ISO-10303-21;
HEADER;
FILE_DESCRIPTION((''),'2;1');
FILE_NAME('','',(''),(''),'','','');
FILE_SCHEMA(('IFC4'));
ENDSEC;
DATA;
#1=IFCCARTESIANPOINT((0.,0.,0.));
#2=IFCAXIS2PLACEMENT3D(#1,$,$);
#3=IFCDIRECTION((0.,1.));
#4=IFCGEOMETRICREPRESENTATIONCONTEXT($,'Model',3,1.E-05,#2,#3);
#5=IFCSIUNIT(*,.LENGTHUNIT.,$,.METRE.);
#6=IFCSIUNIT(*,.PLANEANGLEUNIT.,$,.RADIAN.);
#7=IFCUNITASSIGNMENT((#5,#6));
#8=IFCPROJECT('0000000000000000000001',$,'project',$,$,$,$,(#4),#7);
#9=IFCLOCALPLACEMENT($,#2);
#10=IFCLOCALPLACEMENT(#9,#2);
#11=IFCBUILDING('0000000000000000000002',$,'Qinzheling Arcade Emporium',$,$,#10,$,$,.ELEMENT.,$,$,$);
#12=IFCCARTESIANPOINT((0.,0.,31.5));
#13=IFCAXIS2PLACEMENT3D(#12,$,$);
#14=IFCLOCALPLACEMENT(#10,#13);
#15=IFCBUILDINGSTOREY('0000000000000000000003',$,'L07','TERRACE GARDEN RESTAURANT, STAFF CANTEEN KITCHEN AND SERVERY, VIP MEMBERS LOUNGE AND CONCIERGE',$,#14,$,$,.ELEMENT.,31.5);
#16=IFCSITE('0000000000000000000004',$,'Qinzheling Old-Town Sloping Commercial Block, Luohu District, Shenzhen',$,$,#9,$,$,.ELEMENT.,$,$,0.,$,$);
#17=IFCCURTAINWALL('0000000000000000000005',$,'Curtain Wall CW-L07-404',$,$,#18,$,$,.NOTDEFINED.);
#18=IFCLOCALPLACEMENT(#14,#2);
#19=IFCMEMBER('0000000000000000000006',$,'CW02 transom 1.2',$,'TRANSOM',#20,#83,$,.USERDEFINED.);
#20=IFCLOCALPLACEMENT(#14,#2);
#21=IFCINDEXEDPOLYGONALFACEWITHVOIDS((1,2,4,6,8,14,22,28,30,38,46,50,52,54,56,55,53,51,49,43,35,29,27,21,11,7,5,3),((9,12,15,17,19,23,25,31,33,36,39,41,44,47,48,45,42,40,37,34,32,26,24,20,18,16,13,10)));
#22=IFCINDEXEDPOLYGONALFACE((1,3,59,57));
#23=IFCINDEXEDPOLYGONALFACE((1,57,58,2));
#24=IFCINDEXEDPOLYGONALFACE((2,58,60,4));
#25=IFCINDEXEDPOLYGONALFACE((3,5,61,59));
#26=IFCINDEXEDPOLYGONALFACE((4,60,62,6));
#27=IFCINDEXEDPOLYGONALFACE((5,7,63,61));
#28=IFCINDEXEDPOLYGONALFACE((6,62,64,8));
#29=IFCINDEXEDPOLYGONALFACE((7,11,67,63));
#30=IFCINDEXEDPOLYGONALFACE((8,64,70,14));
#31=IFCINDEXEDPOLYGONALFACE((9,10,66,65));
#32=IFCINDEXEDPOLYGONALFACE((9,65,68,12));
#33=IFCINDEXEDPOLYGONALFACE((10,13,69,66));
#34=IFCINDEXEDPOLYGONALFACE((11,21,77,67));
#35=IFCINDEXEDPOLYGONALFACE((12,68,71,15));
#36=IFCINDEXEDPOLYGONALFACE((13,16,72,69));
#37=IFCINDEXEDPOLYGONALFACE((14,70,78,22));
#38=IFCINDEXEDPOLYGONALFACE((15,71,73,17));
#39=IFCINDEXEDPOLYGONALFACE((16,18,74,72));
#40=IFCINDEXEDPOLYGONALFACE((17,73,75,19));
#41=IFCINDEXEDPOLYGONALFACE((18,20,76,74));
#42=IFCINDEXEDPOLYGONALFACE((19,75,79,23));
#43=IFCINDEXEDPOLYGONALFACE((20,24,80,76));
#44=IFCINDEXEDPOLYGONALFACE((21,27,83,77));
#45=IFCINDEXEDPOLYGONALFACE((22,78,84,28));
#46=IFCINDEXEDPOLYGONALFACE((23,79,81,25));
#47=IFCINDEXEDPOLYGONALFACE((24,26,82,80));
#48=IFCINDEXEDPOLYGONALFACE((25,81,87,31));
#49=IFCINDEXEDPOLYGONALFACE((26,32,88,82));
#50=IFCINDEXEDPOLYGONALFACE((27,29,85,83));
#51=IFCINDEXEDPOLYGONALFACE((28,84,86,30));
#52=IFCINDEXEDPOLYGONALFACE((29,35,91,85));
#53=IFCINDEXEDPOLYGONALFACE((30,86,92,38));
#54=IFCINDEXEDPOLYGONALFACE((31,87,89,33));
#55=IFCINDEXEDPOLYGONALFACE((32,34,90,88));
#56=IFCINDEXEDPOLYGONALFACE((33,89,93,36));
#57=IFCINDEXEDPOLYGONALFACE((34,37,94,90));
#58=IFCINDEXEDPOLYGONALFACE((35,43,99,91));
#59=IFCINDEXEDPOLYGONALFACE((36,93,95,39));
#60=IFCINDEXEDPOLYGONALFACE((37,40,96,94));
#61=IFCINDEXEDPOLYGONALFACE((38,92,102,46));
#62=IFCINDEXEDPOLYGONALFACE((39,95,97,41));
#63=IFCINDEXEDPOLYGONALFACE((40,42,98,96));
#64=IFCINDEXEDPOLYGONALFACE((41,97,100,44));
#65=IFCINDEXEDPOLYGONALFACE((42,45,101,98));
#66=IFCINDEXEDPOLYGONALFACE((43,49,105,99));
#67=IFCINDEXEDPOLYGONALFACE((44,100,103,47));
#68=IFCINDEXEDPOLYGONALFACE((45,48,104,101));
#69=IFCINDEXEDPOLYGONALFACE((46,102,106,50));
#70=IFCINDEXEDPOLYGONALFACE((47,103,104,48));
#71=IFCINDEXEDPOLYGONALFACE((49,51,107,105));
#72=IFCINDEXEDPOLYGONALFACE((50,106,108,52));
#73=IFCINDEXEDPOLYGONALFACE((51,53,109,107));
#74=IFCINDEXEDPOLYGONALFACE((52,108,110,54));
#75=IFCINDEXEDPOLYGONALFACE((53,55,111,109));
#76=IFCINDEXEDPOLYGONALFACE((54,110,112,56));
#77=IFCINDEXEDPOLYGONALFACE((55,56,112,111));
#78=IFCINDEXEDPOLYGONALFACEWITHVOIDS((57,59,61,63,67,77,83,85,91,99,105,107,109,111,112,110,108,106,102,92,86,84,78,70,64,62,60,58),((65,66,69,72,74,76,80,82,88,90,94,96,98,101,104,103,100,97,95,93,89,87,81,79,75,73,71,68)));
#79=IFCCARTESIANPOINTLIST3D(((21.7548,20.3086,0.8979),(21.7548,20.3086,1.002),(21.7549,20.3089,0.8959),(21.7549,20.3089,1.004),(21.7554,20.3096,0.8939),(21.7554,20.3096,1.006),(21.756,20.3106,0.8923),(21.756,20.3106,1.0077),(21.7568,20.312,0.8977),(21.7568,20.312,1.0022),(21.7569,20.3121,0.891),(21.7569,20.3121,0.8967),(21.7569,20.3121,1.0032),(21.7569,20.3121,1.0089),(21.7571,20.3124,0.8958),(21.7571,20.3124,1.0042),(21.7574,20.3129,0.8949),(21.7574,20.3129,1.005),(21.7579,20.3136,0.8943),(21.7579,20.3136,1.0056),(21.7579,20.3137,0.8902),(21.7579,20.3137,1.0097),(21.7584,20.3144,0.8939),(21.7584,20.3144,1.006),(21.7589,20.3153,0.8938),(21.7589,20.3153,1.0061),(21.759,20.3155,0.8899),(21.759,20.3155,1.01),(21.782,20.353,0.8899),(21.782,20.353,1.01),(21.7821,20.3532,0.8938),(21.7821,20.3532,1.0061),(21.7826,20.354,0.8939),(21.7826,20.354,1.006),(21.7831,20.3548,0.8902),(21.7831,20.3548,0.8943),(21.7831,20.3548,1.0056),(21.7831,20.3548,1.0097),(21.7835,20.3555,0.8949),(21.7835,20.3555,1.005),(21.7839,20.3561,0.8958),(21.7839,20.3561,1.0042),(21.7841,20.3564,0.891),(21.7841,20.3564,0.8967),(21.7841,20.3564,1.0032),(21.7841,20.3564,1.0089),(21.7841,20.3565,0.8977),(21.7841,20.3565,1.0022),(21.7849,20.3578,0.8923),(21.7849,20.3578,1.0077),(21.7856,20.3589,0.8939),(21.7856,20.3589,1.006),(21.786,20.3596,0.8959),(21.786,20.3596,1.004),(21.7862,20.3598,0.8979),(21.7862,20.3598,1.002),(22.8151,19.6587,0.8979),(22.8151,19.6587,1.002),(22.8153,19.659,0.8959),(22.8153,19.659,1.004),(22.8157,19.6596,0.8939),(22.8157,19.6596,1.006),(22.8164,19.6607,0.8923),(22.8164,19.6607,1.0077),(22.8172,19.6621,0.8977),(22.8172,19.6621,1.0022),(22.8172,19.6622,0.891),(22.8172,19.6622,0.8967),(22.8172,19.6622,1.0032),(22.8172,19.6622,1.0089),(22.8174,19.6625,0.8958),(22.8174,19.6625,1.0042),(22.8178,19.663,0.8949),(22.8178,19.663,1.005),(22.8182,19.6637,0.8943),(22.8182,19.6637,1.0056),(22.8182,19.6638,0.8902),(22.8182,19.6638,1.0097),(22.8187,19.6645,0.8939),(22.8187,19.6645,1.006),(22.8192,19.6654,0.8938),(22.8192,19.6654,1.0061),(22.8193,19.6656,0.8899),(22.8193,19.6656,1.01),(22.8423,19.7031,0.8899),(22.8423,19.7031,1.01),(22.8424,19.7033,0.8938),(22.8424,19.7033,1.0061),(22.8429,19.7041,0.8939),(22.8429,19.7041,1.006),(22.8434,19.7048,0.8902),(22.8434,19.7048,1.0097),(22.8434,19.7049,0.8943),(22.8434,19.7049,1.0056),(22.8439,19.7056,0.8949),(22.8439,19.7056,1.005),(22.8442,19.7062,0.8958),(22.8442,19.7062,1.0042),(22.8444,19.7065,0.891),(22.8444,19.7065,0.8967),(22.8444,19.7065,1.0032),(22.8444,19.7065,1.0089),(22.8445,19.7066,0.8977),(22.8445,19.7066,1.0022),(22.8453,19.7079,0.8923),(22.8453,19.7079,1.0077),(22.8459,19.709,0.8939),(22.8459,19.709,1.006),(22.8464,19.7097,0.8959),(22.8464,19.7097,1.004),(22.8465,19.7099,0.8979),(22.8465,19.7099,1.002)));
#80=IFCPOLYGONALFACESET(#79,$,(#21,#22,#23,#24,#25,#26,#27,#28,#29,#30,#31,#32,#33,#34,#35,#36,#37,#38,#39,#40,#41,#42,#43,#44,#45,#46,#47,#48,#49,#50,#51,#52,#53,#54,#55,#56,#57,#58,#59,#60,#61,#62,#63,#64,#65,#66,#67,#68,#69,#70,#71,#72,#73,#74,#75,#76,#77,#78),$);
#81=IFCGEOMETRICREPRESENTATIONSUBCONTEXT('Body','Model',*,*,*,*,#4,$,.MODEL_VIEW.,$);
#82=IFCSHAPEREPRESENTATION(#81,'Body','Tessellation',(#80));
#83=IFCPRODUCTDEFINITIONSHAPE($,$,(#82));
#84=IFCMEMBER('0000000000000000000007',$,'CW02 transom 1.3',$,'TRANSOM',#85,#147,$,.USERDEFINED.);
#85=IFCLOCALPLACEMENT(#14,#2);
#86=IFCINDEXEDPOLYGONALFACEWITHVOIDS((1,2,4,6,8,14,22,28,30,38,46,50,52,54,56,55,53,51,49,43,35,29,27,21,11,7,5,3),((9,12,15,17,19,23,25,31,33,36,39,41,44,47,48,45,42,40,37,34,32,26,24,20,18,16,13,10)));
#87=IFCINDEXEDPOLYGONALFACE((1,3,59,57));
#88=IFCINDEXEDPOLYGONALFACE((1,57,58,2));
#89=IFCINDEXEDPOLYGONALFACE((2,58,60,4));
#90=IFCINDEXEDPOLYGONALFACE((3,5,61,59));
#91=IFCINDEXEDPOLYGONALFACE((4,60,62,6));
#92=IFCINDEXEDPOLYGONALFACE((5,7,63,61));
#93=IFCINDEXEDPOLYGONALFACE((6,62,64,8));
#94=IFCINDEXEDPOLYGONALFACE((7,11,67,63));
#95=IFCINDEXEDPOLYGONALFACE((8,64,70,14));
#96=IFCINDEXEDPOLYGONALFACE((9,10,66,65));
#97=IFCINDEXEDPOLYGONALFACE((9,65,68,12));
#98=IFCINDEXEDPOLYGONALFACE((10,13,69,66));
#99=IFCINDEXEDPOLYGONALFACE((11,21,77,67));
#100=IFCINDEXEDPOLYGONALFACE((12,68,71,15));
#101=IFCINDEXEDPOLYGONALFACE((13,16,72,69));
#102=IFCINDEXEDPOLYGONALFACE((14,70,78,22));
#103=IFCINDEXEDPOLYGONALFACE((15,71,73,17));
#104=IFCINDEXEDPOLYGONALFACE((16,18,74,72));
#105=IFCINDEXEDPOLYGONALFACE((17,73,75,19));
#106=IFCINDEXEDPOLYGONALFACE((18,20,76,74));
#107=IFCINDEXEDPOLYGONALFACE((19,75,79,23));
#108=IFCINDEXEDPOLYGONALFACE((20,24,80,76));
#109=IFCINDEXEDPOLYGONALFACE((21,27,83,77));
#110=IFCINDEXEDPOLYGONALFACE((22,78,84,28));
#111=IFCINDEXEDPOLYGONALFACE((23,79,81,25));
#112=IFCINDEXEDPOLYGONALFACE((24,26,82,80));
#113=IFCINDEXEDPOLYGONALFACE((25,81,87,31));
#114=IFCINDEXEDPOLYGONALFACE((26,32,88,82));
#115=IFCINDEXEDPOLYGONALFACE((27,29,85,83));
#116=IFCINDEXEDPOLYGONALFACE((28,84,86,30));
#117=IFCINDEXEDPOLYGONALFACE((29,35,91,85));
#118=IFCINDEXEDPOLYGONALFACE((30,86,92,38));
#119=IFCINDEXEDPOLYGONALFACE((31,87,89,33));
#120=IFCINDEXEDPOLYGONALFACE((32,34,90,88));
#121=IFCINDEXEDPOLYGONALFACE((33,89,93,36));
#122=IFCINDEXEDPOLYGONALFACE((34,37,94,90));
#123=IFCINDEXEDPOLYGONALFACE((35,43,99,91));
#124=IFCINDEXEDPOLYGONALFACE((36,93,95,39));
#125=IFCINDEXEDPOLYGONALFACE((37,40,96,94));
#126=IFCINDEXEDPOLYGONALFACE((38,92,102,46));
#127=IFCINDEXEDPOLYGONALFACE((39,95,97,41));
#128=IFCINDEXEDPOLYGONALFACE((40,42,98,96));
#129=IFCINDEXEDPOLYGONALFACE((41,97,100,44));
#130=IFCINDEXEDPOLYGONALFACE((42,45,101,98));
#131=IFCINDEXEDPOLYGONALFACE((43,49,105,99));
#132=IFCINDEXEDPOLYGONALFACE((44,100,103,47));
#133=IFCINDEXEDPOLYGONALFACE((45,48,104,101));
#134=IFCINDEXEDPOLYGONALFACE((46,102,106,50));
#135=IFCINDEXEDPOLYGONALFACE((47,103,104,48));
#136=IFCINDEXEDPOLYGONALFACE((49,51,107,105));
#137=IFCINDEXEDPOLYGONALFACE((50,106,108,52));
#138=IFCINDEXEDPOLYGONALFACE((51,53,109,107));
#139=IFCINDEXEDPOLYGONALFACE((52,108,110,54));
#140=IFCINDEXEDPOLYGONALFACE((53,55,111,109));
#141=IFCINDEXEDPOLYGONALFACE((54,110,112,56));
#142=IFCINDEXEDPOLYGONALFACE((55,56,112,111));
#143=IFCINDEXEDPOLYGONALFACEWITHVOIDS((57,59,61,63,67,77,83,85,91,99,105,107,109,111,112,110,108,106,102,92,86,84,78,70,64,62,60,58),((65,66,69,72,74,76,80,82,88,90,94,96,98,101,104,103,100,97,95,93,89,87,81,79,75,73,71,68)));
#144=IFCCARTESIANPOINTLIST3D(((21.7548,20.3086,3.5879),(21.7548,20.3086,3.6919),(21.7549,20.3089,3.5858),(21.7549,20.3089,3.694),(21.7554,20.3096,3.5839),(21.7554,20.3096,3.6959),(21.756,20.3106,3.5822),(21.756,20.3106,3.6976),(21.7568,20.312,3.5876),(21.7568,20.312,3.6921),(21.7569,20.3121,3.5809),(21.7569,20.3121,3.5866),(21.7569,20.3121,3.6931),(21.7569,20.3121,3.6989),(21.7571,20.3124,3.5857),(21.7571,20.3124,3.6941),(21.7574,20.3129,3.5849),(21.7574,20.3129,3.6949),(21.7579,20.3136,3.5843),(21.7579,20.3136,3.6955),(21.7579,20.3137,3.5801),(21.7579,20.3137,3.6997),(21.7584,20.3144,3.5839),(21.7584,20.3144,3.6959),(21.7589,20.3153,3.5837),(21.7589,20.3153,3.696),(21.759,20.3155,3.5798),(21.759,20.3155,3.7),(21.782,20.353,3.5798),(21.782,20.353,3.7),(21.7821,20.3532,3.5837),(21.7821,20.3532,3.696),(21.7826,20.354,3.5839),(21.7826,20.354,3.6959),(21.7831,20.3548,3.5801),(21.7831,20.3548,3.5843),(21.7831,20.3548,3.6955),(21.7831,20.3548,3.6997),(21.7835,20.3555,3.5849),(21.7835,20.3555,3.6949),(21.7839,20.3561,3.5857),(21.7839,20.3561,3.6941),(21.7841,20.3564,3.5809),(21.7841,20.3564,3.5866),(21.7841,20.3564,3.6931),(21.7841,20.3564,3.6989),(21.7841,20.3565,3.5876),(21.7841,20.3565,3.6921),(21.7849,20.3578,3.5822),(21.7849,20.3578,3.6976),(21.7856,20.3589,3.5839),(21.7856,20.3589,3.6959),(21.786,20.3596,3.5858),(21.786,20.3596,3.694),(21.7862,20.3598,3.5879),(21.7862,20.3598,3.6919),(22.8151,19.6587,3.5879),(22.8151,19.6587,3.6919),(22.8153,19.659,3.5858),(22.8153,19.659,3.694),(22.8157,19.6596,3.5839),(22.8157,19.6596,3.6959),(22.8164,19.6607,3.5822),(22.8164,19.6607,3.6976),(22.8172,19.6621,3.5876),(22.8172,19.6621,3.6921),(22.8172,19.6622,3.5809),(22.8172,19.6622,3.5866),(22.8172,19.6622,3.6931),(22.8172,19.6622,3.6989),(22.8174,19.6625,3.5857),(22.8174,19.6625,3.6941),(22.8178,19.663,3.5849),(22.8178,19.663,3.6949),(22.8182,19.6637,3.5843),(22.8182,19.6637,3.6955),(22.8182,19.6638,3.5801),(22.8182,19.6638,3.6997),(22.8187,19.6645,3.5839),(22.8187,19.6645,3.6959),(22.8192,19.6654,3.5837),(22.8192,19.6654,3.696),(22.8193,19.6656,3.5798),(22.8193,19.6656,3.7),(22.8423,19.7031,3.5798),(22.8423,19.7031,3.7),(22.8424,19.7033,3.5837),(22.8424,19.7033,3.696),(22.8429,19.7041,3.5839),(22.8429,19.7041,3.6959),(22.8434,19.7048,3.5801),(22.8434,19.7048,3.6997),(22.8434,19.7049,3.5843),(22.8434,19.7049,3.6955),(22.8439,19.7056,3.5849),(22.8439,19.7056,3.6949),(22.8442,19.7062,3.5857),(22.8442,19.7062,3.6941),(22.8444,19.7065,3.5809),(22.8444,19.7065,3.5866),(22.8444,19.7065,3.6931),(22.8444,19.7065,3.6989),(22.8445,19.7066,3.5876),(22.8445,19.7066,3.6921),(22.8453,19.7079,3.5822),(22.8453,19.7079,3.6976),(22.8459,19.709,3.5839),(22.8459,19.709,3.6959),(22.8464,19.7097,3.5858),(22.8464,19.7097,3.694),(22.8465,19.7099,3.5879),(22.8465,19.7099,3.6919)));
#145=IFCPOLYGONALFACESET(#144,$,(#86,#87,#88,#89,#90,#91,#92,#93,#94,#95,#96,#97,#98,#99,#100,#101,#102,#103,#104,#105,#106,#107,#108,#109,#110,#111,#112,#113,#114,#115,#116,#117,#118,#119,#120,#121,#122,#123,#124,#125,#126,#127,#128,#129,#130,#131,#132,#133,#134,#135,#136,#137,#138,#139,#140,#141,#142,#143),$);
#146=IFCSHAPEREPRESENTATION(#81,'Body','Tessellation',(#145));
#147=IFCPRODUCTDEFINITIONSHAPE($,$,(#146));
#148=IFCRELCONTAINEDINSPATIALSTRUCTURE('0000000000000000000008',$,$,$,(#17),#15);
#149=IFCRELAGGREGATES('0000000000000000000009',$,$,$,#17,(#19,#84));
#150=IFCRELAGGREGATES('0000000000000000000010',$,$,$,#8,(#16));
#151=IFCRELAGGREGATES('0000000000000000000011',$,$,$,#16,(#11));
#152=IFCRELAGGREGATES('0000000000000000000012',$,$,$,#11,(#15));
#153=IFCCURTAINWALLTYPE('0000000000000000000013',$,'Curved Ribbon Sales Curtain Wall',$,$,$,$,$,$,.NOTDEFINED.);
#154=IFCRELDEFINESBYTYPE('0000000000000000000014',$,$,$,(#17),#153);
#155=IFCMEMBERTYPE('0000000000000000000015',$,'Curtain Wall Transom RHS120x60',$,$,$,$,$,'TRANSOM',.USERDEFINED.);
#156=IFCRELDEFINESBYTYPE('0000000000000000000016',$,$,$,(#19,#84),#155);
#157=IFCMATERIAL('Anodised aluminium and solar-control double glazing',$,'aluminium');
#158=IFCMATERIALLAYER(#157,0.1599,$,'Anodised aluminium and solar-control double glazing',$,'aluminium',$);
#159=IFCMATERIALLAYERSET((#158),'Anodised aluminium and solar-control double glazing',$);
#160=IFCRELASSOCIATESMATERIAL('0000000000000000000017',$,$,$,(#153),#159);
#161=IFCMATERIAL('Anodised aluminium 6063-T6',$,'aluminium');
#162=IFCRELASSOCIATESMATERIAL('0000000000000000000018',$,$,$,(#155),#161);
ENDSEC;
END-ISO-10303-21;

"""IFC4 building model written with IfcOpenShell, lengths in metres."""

from ifc_helpers import new_model, si_unit, direction, frame, origin, origin_2d, place, context, subcontext, project, spatial, hollow_rectangle, extrude, material, layer, layer_set, material_profile, profile_set, type_object, element, aggregate, save


model = new_model("IFC4")

# Units and contexts
model_context = context("Model", 3, precision=1e-05, world=origin(), true_north=direction((0.0, 1.0)))
body_context = subcontext(model_context, "Body", "Model", "MODEL_VIEW")
ifc_project = project(units=[si_unit("LENGTHUNIT", "METRE"), si_unit("PLANEANGLEUNIT", "RADIAN")], contexts=[model_context])

# Site, building, storey
site_placement = place(None, origin())
site = spatial("IfcSite", under=ifc_project, at=site_placement, Name="Qinzheling Old-Town Sloping Commercial Block, Luohu District, Shenzhen", CompositionType="ELEMENT", RefElevation=0.0)
building_placement = place(site_placement, origin())
building = spatial("IfcBuilding", under=site, at=building_placement, Name="Qinzheling Arcade Emporium", CompositionType="ELEMENT")
storey_placement = place(building_placement, frame((0.0, 0.0, 31.5)))
storey = spatial("IfcBuildingStorey", under=building, at=storey_placement, Name="L07", Description="TERRACE GARDEN RESTAURANT, STAFF CANTEEN KITCHEN AND SERVERY, VIP MEMBERS LOUNGE AND CONCIERGE", CompositionType="ELEMENT", Elevation=31.5)

# Curtain wall
ifc_material_1 = material(Name="Anodised aluminium and solar-control double glazing", Category="aluminium")
ifc_layer_1 = layer(ifc_material_1, 0.1599, Name="Anodised aluminium and solar-control double glazing", Category="aluminium")
ifc_layer_set_1 = layer_set([ifc_layer_1], Name="Anodised aluminium and solar-control double glazing")
curtain_wall_type = type_object("IfcCurtainWallType", Name="Curved Ribbon Sales Curtain Wall", PredefinedType="NOTDEFINED", material=ifc_layer_set_1)
ifc_material_2 = material(Name="Anodised aluminium 6063-T6", Category="aluminium")
curtain_wall_1_placement = place(storey_placement, origin())
curtain_wall_1 = element("IfcCurtainWall", 1, at=curtain_wall_1_placement, inside=storey, type_object=curtain_wall_type, Name="Curtain Wall CW-L07-404", PredefinedType="NOTDEFINED")

# Members
ifc_material_profile_1 = material_profile(ifc_material_2, hollow_rectangle(XDim=0.0601, YDim=0.1201, WallThickness=0.0039, InnerFilletRadius=0.0039, OuterFilletRadius=0.0081, at=origin_2d()), Name="RHS 120x60x4", Category="aluminium")
ifc_profile_set_1 = profile_set([ifc_material_profile_1], Name="Anodised aluminium 6063-T6")
member_type_1 = type_object("IfcMemberType", Name="Curtain Wall Transom RHS120x60", ElementType="TRANSOM", PredefinedType="USERDEFINED", material=ifc_profile_set_1)
member_1_placement = place(storey_placement, frame((22.8308, 19.6843, 0.95), z_axis=(-0.852587, 0.522585, 0.0), x_axis=(-0.522585, -0.852587, 0.0)))
member_1 = element("IfcMember", 2, at=member_1_placement, type_object=member_type_1, Name="CW02 transom 1.2", ObjectType="TRANSOM", PredefinedType="USERDEFINED", context=body_context, shape_type="SweptSolid", body=[
    extrude(hollow_rectangle(XDim=0.0601, YDim=0.1201, WallThickness=0.0039, InnerFilletRadius=0.0039, OuterFilletRadius=0.0081, at=origin_2d()), origin(), (0.0, 0.0, 1.0), 1.2437),
])
member_2_placement = place(storey_placement, frame((22.8308, 19.6843, 3.6399), z_axis=(-0.852587, 0.522585, 0.0), x_axis=(-0.522585, -0.852587, 0.0)))
member_2 = element("IfcMember", 3, at=member_2_placement, type_object=member_type_1, Name="CW02 transom 1.3", ObjectType="TRANSOM", PredefinedType="USERDEFINED", context=body_context, shape_type="SweptSolid", body=[
    extrude(hollow_rectangle(XDim=0.0601, YDim=0.1201, WallThickness=0.0039, InnerFilletRadius=0.0039, OuterFilletRadius=0.0081, at=origin_2d()), origin(), (0.0, 0.0, 1.0), 1.2437),
])

aggregate(curtain_wall_1, [member_1, member_2])

save(model, "model.ifc")
